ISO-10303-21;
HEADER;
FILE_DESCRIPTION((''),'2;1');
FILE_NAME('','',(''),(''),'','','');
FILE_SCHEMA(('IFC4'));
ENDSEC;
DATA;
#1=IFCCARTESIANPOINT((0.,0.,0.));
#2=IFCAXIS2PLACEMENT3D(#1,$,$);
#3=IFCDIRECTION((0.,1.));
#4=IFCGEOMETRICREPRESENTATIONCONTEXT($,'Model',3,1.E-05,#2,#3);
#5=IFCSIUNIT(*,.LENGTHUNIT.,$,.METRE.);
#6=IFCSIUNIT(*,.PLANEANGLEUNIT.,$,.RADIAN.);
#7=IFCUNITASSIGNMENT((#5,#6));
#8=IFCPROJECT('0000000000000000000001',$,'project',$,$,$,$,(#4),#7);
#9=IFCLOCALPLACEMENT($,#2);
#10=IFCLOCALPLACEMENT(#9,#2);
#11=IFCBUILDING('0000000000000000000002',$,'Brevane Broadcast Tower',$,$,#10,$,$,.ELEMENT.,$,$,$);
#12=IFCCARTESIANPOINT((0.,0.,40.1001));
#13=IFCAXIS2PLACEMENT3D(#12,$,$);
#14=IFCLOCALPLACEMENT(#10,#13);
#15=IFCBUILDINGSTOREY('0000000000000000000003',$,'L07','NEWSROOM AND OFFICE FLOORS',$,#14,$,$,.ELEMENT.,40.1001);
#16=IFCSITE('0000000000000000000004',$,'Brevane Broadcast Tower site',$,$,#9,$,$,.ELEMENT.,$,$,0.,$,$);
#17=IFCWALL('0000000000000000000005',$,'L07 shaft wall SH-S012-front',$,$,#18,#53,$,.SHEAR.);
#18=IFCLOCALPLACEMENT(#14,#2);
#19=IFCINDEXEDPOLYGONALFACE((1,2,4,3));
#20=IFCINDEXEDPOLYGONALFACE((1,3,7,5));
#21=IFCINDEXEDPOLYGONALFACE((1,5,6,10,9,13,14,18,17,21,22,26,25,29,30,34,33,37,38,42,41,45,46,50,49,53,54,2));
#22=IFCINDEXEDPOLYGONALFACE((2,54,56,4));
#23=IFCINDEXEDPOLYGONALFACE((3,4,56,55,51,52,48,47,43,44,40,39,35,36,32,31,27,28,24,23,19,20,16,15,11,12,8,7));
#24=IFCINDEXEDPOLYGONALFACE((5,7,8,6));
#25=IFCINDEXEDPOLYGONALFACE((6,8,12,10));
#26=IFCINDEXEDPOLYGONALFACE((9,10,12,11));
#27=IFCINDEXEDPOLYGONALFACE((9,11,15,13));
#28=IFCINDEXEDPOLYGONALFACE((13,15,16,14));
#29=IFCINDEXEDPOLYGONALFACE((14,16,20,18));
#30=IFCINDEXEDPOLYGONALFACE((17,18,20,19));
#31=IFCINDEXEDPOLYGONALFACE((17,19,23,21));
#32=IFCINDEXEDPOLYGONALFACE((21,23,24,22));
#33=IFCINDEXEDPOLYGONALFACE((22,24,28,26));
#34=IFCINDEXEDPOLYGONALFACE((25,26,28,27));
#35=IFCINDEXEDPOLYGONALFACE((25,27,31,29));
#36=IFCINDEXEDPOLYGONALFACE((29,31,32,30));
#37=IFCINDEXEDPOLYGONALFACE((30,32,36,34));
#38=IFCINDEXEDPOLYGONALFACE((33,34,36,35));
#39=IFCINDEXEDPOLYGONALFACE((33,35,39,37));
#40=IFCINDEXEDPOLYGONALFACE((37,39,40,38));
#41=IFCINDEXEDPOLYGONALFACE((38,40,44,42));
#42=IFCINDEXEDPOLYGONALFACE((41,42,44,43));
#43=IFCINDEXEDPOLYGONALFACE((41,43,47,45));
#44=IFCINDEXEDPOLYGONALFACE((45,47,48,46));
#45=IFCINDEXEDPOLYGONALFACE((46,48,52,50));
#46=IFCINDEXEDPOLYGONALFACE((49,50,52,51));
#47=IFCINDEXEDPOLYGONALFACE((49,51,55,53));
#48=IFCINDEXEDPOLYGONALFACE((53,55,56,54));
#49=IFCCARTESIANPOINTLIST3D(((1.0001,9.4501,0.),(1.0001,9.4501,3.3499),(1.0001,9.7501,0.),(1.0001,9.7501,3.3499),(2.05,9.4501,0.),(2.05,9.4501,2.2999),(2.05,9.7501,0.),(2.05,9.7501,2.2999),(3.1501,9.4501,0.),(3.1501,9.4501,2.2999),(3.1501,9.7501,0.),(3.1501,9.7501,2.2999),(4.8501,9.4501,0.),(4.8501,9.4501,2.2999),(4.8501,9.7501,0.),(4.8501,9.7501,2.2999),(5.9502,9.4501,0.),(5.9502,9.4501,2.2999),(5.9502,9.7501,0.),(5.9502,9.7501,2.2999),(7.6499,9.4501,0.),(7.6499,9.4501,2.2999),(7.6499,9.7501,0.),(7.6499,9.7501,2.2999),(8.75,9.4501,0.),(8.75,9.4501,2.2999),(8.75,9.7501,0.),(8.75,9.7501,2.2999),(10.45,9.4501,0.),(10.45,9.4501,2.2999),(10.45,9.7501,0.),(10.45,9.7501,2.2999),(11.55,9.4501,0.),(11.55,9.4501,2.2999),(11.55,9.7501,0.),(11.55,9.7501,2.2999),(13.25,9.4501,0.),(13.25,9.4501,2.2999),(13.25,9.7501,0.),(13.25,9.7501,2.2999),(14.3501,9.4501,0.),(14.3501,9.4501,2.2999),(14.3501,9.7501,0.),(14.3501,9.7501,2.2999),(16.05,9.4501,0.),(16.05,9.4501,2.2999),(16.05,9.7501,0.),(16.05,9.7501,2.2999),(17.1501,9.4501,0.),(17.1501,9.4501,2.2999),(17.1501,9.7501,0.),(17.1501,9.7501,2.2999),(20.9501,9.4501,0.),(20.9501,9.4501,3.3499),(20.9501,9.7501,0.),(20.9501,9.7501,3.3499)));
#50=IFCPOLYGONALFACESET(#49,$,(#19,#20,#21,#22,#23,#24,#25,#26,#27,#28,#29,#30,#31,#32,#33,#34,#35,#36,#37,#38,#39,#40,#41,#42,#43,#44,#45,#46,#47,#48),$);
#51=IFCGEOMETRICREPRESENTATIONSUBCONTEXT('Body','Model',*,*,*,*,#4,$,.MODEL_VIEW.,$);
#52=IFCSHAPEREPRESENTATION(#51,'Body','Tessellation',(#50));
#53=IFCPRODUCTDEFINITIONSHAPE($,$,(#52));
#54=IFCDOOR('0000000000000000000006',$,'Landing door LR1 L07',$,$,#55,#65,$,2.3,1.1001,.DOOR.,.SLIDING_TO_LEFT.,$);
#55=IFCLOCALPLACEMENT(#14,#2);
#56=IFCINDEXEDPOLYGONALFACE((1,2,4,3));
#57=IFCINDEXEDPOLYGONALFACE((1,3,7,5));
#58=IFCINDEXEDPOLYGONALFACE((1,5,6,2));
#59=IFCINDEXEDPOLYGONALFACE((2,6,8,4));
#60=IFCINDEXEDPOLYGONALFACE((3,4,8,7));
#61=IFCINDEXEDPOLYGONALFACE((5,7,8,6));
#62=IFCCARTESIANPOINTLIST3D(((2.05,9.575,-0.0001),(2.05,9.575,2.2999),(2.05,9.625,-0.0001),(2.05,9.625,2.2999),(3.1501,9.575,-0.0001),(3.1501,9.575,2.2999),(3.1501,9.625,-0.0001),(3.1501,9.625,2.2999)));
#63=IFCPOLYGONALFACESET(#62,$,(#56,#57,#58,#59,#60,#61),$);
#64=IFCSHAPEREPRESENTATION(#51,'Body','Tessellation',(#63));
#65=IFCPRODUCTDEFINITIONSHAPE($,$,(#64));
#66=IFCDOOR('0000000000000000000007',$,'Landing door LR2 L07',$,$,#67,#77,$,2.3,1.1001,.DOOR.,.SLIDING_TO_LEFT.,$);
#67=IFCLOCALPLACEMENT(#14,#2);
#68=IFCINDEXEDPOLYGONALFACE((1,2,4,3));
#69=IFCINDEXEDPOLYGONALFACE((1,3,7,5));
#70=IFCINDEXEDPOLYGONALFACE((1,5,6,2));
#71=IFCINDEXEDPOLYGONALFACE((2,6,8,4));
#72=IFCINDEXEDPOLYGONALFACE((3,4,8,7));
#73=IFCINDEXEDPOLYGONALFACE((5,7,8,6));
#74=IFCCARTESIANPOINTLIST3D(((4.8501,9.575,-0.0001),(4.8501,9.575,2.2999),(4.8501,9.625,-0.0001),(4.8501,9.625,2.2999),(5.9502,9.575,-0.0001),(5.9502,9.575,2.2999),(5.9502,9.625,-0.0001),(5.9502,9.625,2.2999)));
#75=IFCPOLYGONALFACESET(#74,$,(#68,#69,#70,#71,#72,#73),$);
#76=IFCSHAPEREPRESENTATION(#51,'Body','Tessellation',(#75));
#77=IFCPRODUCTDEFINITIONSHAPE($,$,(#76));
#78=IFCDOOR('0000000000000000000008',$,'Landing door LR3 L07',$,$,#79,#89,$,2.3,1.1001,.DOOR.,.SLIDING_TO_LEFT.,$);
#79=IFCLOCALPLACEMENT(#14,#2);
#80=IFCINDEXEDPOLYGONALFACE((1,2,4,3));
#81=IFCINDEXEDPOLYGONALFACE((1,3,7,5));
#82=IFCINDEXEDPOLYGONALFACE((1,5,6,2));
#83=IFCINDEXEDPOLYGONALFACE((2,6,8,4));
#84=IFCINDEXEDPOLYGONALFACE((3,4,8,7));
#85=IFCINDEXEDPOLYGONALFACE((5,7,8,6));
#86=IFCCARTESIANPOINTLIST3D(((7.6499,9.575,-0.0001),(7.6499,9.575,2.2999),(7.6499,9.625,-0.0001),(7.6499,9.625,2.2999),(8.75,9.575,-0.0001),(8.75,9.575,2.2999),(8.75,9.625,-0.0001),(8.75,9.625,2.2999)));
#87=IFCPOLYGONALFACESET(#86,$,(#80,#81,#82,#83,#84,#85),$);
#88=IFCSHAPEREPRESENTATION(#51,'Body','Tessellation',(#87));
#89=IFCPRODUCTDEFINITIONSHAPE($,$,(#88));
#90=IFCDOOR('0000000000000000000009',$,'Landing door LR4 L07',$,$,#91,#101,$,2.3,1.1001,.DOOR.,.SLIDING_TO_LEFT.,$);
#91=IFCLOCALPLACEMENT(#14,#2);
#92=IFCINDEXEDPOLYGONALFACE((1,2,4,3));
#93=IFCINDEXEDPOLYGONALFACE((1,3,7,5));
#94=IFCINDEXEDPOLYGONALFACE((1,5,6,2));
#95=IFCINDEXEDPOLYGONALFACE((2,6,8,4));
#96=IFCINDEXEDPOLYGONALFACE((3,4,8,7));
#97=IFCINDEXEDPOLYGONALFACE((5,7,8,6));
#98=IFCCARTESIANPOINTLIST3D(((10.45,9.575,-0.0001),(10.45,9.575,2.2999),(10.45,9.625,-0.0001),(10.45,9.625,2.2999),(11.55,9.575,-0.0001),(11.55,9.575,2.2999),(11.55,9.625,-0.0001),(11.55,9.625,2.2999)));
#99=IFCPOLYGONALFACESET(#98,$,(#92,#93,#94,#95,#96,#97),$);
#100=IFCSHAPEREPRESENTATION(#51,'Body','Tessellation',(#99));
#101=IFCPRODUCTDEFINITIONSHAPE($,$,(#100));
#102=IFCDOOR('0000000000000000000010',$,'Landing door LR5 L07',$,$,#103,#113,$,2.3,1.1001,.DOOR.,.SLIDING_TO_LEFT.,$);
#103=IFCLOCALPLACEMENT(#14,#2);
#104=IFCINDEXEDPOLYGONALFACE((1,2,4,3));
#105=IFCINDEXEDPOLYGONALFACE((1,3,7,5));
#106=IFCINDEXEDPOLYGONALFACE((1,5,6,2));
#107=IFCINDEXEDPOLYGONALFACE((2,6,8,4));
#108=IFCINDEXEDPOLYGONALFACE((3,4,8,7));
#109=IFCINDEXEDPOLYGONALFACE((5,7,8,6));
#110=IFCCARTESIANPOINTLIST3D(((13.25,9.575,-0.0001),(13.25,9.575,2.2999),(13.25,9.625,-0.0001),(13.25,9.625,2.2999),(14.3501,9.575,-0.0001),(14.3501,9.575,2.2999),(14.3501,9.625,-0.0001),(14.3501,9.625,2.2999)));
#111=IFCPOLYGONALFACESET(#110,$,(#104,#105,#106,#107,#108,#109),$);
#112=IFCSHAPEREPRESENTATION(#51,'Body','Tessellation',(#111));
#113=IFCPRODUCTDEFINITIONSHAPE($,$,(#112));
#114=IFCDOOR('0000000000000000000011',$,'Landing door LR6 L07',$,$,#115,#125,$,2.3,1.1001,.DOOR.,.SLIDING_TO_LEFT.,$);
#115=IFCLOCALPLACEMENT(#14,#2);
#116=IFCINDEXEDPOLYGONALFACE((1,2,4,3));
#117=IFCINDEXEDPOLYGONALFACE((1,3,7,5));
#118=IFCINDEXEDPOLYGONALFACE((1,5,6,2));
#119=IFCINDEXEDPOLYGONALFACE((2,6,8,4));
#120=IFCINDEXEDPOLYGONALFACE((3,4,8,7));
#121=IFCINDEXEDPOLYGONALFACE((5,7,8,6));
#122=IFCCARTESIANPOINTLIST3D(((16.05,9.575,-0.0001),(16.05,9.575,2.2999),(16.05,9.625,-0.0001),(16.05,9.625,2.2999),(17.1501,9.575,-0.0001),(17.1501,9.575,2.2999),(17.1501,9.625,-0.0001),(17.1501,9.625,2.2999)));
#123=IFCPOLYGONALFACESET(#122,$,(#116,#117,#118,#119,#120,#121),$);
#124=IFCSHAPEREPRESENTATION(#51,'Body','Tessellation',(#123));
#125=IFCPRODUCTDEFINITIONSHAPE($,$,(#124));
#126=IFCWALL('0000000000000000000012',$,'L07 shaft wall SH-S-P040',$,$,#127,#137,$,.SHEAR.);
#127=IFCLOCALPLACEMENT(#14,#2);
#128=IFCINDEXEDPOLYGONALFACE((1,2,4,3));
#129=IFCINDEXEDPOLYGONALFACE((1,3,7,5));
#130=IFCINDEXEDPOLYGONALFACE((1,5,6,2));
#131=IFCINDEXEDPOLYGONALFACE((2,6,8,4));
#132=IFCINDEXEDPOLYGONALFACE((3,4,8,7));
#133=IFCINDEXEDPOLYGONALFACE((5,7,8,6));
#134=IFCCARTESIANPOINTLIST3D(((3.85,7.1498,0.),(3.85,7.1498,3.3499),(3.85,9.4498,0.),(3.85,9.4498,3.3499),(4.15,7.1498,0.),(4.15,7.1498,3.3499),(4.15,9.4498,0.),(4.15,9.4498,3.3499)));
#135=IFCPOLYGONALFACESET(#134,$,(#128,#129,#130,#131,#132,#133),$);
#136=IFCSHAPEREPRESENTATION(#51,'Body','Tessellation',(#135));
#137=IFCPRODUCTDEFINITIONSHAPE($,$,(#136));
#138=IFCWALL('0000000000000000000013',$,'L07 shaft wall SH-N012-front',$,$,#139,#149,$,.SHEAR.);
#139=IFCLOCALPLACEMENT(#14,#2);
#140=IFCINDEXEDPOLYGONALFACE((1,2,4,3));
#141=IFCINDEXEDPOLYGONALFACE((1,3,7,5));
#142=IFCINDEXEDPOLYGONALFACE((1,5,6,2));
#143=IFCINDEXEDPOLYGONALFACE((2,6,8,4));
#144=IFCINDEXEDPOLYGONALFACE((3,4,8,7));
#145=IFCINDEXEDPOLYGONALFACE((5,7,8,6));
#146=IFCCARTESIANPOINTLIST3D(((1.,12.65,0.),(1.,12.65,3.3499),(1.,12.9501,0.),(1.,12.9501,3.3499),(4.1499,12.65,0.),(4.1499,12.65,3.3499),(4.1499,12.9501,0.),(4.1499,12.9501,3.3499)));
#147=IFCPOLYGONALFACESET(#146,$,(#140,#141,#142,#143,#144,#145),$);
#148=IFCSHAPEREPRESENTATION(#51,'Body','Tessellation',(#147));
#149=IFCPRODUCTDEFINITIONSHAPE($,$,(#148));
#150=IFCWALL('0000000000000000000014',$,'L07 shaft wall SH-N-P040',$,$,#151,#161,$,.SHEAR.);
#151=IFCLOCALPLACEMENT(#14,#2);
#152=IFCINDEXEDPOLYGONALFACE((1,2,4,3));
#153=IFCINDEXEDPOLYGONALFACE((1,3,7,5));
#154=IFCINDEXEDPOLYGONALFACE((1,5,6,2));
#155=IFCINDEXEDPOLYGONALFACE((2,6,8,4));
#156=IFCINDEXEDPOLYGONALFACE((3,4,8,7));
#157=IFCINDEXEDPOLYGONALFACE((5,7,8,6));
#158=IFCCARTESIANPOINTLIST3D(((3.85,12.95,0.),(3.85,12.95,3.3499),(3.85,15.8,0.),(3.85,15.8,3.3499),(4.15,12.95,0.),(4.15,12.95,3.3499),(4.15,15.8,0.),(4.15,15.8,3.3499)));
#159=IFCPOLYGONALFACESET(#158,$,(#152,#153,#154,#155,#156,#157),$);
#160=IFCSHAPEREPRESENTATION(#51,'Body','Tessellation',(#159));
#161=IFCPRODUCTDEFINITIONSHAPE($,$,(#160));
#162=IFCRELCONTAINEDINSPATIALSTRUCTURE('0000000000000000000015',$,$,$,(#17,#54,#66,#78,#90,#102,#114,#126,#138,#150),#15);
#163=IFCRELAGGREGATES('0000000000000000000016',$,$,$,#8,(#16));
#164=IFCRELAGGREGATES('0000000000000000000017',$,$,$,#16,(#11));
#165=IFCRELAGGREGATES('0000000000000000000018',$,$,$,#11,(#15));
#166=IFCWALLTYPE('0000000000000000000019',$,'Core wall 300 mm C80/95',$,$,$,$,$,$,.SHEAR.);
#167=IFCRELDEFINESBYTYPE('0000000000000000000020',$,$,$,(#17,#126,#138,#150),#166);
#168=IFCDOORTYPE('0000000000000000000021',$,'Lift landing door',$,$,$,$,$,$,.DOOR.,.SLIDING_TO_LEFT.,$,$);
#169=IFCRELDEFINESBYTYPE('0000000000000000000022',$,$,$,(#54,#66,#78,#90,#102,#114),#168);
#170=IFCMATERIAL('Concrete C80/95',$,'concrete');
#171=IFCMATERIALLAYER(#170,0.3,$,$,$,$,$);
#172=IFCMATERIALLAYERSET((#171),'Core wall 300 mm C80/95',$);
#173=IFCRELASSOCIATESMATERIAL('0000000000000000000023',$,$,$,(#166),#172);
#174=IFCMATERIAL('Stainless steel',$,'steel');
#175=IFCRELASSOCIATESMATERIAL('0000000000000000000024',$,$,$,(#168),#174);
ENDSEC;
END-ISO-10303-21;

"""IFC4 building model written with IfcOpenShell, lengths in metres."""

from ifc_helpers import new_model, si_unit, direction, frame, frame_2d, origin, place, context, subcontext, project, spatial, rectangle, extrude, material, layer, layer_set, type_object, element, fill, save


model = new_model("IFC4")

# Units and contexts
model_context = context("Model", 3, precision=1e-05, world=origin(), true_north=direction((0.0, 1.0)))
body_context = subcontext(model_context, "Body", "Model", "MODEL_VIEW")
ifc_project = project(units=[si_unit("LENGTHUNIT", "METRE"), si_unit("PLANEANGLEUNIT", "RADIAN")], contexts=[model_context])

# Site, building, storey
site_placement = place(None, origin())
site = spatial("IfcSite", under=ifc_project, at=site_placement, Name="Brevane Broadcast Tower site", CompositionType="ELEMENT", RefElevation=0.0)
building_placement = place(site_placement, origin())
building = spatial("IfcBuilding", under=site, at=building_placement, Name="Brevane Broadcast Tower", CompositionType="ELEMENT")
storey_placement = place(building_placement, frame((0.0, 0.0, 40.1001)))
storey = spatial("IfcBuildingStorey", under=building, at=storey_placement, Name="L07", Description="NEWSROOM AND OFFICE FLOORS", CompositionType="ELEMENT", Elevation=40.1001)

# Shared definitions
ifc_material_1 = material(Name="Concrete C80/95", Category="concrete")
ifc_layer_1 = layer(ifc_material_1, 0.3)
ifc_layer_set_1 = layer_set([ifc_layer_1], Name="Core wall 300 mm C80/95")
wall_type_1 = type_object("IfcWallType", Name="Core wall 300 mm C80/95", PredefinedType="SHEAR", material=ifc_layer_set_1)

# Wall, openings, doors
wall_1_placement = place(storey_placement, frame((1.0, 9.6001, 0.0), z_axis=(0.0, 0.0, 1.0), x_axis=(1.0, 0.0, 0.0)))
wall_1 = element("IfcWall", 1, at=wall_1_placement, inside=storey, type_object=wall_type_1, Name="L07 shaft wall SH-S012-front", PredefinedType="SHEAR", context=body_context, shape_type="SweptSolid", body=[
    extrude(rectangle(XDim=19.95, YDim=0.3, at=frame_2d((9.9751, 0.0))), origin(), (0.0, 0.0, 1.0), 3.3499),
])
opening_1_placement = place(wall_1_placement, frame((1.05, 0.0, 0.0)))
opening_1 = element("IfcOpeningElement", 2, at=opening_1_placement, cuts=wall_1, PredefinedType="OPENING", context=body_context, shape_type="SweptSolid", body=[
    extrude(rectangle(XDim=1.1001, YDim=2.3, at=frame_2d((0.55, 1.1499))), frame((0.0, 0.1599, 0.0), z_axis=(0.0, -1.0, 0.0), x_axis=(1.0, 0.0, 0.0)), (0.0, 0.0, 1.0), 0.3201),
])
opening_2_placement = place(wall_1_placement, frame((3.8501, 0.0, 0.0)))
opening_2 = element("IfcOpeningElement", 3, at=opening_2_placement, cuts=wall_1, PredefinedType="OPENING", context=body_context, shape_type="SweptSolid", body=[
    extrude(rectangle(XDim=1.1001, YDim=2.3, at=frame_2d((0.55, 1.1499))), frame((0.0, 0.1599, 0.0), z_axis=(0.0, -1.0, 0.0), x_axis=(1.0, 0.0, 0.0)), (0.0, 0.0, 1.0), 0.3201),
])
opening_3_placement = place(wall_1_placement, frame((6.6499, 0.0, 0.0)))
opening_3 = element("IfcOpeningElement", 4, at=opening_3_placement, cuts=wall_1, PredefinedType="OPENING", context=body_context, shape_type="SweptSolid", body=[
    extrude(rectangle(XDim=1.1001, YDim=2.3, at=frame_2d((0.55, 1.1499))), frame((0.0, 0.1599, 0.0), z_axis=(0.0, -1.0, 0.0), x_axis=(1.0, 0.0, 0.0)), (0.0, 0.0, 1.0), 0.3201),
])
opening_4_placement = place(wall_1_placement, frame((9.45, 0.0, 0.0)))
opening_4 = element("IfcOpeningElement", 5, at=opening_4_placement, cuts=wall_1, PredefinedType="OPENING", context=body_context, shape_type="SweptSolid", body=[
    extrude(rectangle(XDim=1.1001, YDim=2.3, at=frame_2d((0.55, 1.1499))), frame((0.0, 0.1599, 0.0), z_axis=(0.0, -1.0, 0.0), x_axis=(1.0, 0.0, 0.0)), (0.0, 0.0, 1.0), 0.3201),
])
opening_5_placement = place(wall_1_placement, frame((12.25, 0.0, 0.0)))
opening_5 = element("IfcOpeningElement", 6, at=opening_5_placement, cuts=wall_1, PredefinedType="OPENING", context=body_context, shape_type="SweptSolid", body=[
    extrude(rectangle(XDim=1.1001, YDim=2.3, at=frame_2d((0.55, 1.1499))), frame((0.0, 0.1599, 0.0), z_axis=(0.0, -1.0, 0.0), x_axis=(1.0, 0.0, 0.0)), (0.0, 0.0, 1.0), 0.3201),
])
opening_6_placement = place(wall_1_placement, frame((15.05, 0.0, 0.0)))
opening_6 = element("IfcOpeningElement", 7, at=opening_6_placement, cuts=wall_1, PredefinedType="OPENING", context=body_context, shape_type="SweptSolid", body=[
    extrude(rectangle(XDim=1.1001, YDim=2.3, at=frame_2d((0.55, 1.1499))), frame((0.0, 0.1599, 0.0), z_axis=(0.0, -1.0, 0.0), x_axis=(1.0, 0.0, 0.0)), (0.0, 0.0, 1.0), 0.3201),
])
ifc_material_2 = material(Name="Stainless steel", Category="steel")
door_type_1 = type_object("IfcDoorType", Name="Lift landing door", OperationType="SLIDING_TO_LEFT", PredefinedType="DOOR", material=ifc_material_2)
door_1_placement = place(opening_1_placement, origin())
door_1 = element("IfcDoor", 8, at=door_1_placement, inside=storey, type_object=door_type_1, Name="Landing door LR1 L07", OperationType="SLIDING_TO_LEFT", OverallHeight=2.3, OverallWidth=1.1001, PredefinedType="DOOR", context=body_context, shape_type="SweptSolid", body=[
    extrude(rectangle(XDim=1.1001, YDim=2.3, at=frame_2d((0.55, 1.1499))), frame((0.0, 0.0249, 0.0), z_axis=(0.0, -1.0, 0.0), x_axis=(1.0, 0.0, 0.0)), (0.0, 0.0, 1.0), 0.05),
])
fill(opening_1, door_1)
door_2_placement = place(opening_2_placement, origin())
door_2 = element("IfcDoor", 9, at=door_2_placement, inside=storey, type_object=door_type_1, Name="Landing door LR2 L07", OperationType="SLIDING_TO_LEFT", OverallHeight=2.3, OverallWidth=1.1001, PredefinedType="DOOR", context=body_context, shape_type="SweptSolid", body=[
    extrude(rectangle(XDim=1.1001, YDim=2.3, at=frame_2d((0.55, 1.1499))), frame((0.0, 0.0249, 0.0), z_axis=(0.0, -1.0, 0.0), x_axis=(1.0, 0.0, 0.0)), (0.0, 0.0, 1.0), 0.05),
])
fill(opening_2, door_2)
door_3_placement = place(opening_3_placement, origin())
door_3 = element("IfcDoor", 10, at=door_3_placement, inside=storey, type_object=door_type_1, Name="Landing door LR3 L07", OperationType="SLIDING_TO_LEFT", OverallHeight=2.3, OverallWidth=1.1001, PredefinedType="DOOR", context=body_context, shape_type="SweptSolid", body=[
    extrude(rectangle(XDim=1.1001, YDim=2.3, at=frame_2d((0.55, 1.1499))), frame((0.0, 0.0249, 0.0), z_axis=(0.0, -1.0, 0.0), x_axis=(1.0, 0.0, 0.0)), (0.0, 0.0, 1.0), 0.05),
])
fill(opening_3, door_3)
door_4_placement = place(opening_4_placement, origin())
door_4 = element("IfcDoor", 11, at=door_4_placement, inside=storey, type_object=door_type_1, Name="Landing door LR4 L07", OperationType="SLIDING_TO_LEFT", OverallHeight=2.3, OverallWidth=1.1001, PredefinedType="DOOR", context=body_context, shape_type="SweptSolid", body=[
    extrude(rectangle(XDim=1.1001, YDim=2.3, at=frame_2d((0.55, 1.1499))), frame((0.0, 0.0249, 0.0), z_axis=(0.0, -1.0, 0.0), x_axis=(1.0, 0.0, 0.0)), (0.0, 0.0, 1.0), 0.05),
])
fill(opening_4, door_4)
door_5_placement = place(opening_5_placement, origin())
door_5 = element("IfcDoor", 12, at=door_5_placement, inside=storey, type_object=door_type_1, Name="Landing door LR5 L07", OperationType="SLIDING_TO_LEFT", OverallHeight=2.3, OverallWidth=1.1001, PredefinedType="DOOR", context=body_context, shape_type="SweptSolid", body=[
    extrude(rectangle(XDim=1.1001, YDim=2.3, at=frame_2d((0.55, 1.1499))), frame((0.0, 0.0249, 0.0), z_axis=(0.0, -1.0, 0.0), x_axis=(1.0, 0.0, 0.0)), (0.0, 0.0, 1.0), 0.05),
])
fill(opening_5, door_5)
door_6_placement = place(opening_6_placement, origin())
door_6 = element("IfcDoor", 13, at=door_6_placement, inside=storey, type_object=door_type_1, Name="Landing door LR6 L07", OperationType="SLIDING_TO_LEFT", OverallHeight=2.3, OverallWidth=1.1001, PredefinedType="DOOR", context=body_context, shape_type="SweptSolid", body=[
    extrude(rectangle(XDim=1.1001, YDim=2.3, at=frame_2d((0.55, 1.1499))), frame((0.0, 0.0249, 0.0), z_axis=(0.0, -1.0, 0.0), x_axis=(1.0, 0.0, 0.0)), (0.0, 0.0, 1.0), 0.05),
])
fill(opening_6, door_6)

# Walls
wall_2_placement = place(storey_placement, frame((4.0, 7.1499, 0.0), z_axis=(0.0, 0.0, 1.0), x_axis=(0.0, 1.0, 0.0)))
element("IfcWall", 14, at=wall_2_placement, inside=storey, type_object=wall_type_1, Name="L07 shaft wall SH-S-P040", PredefinedType="SHEAR", context=body_context, shape_type="SweptSolid", body=[
    extrude(rectangle(XDim=2.3, YDim=0.3, at=frame_2d((1.1499, 0.0))), origin(), (0.0, 0.0, 1.0), 3.3499),
])
wall_3_placement = place(storey_placement, frame((1.0, 12.8, 0.0), z_axis=(0.0, 0.0, 1.0), x_axis=(1.0, 0.0, 0.0)))
element("IfcWall", 15, at=wall_3_placement, inside=storey, type_object=wall_type_1, Name="L07 shaft wall SH-N012-front", PredefinedType="SHEAR", context=body_context, shape_type="SweptSolid", body=[
    extrude(rectangle(XDim=3.1499, YDim=0.3, at=frame_2d((1.575, 0.0))), origin(), (0.0, 0.0, 1.0), 3.3499),
])
wall_4_placement = place(storey_placement, frame((4.0, 12.95, 0.0), z_axis=(0.0, 0.0, 1.0), x_axis=(0.0, 1.0, 0.0)))
element("IfcWall", 16, at=wall_4_placement, inside=storey, type_object=wall_type_1, Name="L07 shaft wall SH-N-P040", PredefinedType="SHEAR", context=body_context, shape_type="SweptSolid", body=[
    extrude(rectangle(XDim=2.8501, YDim=0.3, at=frame_2d((1.425, 0.0))), origin(), (0.0, 0.0, 1.0), 3.3499),
])

save(model, "model.ifc")
